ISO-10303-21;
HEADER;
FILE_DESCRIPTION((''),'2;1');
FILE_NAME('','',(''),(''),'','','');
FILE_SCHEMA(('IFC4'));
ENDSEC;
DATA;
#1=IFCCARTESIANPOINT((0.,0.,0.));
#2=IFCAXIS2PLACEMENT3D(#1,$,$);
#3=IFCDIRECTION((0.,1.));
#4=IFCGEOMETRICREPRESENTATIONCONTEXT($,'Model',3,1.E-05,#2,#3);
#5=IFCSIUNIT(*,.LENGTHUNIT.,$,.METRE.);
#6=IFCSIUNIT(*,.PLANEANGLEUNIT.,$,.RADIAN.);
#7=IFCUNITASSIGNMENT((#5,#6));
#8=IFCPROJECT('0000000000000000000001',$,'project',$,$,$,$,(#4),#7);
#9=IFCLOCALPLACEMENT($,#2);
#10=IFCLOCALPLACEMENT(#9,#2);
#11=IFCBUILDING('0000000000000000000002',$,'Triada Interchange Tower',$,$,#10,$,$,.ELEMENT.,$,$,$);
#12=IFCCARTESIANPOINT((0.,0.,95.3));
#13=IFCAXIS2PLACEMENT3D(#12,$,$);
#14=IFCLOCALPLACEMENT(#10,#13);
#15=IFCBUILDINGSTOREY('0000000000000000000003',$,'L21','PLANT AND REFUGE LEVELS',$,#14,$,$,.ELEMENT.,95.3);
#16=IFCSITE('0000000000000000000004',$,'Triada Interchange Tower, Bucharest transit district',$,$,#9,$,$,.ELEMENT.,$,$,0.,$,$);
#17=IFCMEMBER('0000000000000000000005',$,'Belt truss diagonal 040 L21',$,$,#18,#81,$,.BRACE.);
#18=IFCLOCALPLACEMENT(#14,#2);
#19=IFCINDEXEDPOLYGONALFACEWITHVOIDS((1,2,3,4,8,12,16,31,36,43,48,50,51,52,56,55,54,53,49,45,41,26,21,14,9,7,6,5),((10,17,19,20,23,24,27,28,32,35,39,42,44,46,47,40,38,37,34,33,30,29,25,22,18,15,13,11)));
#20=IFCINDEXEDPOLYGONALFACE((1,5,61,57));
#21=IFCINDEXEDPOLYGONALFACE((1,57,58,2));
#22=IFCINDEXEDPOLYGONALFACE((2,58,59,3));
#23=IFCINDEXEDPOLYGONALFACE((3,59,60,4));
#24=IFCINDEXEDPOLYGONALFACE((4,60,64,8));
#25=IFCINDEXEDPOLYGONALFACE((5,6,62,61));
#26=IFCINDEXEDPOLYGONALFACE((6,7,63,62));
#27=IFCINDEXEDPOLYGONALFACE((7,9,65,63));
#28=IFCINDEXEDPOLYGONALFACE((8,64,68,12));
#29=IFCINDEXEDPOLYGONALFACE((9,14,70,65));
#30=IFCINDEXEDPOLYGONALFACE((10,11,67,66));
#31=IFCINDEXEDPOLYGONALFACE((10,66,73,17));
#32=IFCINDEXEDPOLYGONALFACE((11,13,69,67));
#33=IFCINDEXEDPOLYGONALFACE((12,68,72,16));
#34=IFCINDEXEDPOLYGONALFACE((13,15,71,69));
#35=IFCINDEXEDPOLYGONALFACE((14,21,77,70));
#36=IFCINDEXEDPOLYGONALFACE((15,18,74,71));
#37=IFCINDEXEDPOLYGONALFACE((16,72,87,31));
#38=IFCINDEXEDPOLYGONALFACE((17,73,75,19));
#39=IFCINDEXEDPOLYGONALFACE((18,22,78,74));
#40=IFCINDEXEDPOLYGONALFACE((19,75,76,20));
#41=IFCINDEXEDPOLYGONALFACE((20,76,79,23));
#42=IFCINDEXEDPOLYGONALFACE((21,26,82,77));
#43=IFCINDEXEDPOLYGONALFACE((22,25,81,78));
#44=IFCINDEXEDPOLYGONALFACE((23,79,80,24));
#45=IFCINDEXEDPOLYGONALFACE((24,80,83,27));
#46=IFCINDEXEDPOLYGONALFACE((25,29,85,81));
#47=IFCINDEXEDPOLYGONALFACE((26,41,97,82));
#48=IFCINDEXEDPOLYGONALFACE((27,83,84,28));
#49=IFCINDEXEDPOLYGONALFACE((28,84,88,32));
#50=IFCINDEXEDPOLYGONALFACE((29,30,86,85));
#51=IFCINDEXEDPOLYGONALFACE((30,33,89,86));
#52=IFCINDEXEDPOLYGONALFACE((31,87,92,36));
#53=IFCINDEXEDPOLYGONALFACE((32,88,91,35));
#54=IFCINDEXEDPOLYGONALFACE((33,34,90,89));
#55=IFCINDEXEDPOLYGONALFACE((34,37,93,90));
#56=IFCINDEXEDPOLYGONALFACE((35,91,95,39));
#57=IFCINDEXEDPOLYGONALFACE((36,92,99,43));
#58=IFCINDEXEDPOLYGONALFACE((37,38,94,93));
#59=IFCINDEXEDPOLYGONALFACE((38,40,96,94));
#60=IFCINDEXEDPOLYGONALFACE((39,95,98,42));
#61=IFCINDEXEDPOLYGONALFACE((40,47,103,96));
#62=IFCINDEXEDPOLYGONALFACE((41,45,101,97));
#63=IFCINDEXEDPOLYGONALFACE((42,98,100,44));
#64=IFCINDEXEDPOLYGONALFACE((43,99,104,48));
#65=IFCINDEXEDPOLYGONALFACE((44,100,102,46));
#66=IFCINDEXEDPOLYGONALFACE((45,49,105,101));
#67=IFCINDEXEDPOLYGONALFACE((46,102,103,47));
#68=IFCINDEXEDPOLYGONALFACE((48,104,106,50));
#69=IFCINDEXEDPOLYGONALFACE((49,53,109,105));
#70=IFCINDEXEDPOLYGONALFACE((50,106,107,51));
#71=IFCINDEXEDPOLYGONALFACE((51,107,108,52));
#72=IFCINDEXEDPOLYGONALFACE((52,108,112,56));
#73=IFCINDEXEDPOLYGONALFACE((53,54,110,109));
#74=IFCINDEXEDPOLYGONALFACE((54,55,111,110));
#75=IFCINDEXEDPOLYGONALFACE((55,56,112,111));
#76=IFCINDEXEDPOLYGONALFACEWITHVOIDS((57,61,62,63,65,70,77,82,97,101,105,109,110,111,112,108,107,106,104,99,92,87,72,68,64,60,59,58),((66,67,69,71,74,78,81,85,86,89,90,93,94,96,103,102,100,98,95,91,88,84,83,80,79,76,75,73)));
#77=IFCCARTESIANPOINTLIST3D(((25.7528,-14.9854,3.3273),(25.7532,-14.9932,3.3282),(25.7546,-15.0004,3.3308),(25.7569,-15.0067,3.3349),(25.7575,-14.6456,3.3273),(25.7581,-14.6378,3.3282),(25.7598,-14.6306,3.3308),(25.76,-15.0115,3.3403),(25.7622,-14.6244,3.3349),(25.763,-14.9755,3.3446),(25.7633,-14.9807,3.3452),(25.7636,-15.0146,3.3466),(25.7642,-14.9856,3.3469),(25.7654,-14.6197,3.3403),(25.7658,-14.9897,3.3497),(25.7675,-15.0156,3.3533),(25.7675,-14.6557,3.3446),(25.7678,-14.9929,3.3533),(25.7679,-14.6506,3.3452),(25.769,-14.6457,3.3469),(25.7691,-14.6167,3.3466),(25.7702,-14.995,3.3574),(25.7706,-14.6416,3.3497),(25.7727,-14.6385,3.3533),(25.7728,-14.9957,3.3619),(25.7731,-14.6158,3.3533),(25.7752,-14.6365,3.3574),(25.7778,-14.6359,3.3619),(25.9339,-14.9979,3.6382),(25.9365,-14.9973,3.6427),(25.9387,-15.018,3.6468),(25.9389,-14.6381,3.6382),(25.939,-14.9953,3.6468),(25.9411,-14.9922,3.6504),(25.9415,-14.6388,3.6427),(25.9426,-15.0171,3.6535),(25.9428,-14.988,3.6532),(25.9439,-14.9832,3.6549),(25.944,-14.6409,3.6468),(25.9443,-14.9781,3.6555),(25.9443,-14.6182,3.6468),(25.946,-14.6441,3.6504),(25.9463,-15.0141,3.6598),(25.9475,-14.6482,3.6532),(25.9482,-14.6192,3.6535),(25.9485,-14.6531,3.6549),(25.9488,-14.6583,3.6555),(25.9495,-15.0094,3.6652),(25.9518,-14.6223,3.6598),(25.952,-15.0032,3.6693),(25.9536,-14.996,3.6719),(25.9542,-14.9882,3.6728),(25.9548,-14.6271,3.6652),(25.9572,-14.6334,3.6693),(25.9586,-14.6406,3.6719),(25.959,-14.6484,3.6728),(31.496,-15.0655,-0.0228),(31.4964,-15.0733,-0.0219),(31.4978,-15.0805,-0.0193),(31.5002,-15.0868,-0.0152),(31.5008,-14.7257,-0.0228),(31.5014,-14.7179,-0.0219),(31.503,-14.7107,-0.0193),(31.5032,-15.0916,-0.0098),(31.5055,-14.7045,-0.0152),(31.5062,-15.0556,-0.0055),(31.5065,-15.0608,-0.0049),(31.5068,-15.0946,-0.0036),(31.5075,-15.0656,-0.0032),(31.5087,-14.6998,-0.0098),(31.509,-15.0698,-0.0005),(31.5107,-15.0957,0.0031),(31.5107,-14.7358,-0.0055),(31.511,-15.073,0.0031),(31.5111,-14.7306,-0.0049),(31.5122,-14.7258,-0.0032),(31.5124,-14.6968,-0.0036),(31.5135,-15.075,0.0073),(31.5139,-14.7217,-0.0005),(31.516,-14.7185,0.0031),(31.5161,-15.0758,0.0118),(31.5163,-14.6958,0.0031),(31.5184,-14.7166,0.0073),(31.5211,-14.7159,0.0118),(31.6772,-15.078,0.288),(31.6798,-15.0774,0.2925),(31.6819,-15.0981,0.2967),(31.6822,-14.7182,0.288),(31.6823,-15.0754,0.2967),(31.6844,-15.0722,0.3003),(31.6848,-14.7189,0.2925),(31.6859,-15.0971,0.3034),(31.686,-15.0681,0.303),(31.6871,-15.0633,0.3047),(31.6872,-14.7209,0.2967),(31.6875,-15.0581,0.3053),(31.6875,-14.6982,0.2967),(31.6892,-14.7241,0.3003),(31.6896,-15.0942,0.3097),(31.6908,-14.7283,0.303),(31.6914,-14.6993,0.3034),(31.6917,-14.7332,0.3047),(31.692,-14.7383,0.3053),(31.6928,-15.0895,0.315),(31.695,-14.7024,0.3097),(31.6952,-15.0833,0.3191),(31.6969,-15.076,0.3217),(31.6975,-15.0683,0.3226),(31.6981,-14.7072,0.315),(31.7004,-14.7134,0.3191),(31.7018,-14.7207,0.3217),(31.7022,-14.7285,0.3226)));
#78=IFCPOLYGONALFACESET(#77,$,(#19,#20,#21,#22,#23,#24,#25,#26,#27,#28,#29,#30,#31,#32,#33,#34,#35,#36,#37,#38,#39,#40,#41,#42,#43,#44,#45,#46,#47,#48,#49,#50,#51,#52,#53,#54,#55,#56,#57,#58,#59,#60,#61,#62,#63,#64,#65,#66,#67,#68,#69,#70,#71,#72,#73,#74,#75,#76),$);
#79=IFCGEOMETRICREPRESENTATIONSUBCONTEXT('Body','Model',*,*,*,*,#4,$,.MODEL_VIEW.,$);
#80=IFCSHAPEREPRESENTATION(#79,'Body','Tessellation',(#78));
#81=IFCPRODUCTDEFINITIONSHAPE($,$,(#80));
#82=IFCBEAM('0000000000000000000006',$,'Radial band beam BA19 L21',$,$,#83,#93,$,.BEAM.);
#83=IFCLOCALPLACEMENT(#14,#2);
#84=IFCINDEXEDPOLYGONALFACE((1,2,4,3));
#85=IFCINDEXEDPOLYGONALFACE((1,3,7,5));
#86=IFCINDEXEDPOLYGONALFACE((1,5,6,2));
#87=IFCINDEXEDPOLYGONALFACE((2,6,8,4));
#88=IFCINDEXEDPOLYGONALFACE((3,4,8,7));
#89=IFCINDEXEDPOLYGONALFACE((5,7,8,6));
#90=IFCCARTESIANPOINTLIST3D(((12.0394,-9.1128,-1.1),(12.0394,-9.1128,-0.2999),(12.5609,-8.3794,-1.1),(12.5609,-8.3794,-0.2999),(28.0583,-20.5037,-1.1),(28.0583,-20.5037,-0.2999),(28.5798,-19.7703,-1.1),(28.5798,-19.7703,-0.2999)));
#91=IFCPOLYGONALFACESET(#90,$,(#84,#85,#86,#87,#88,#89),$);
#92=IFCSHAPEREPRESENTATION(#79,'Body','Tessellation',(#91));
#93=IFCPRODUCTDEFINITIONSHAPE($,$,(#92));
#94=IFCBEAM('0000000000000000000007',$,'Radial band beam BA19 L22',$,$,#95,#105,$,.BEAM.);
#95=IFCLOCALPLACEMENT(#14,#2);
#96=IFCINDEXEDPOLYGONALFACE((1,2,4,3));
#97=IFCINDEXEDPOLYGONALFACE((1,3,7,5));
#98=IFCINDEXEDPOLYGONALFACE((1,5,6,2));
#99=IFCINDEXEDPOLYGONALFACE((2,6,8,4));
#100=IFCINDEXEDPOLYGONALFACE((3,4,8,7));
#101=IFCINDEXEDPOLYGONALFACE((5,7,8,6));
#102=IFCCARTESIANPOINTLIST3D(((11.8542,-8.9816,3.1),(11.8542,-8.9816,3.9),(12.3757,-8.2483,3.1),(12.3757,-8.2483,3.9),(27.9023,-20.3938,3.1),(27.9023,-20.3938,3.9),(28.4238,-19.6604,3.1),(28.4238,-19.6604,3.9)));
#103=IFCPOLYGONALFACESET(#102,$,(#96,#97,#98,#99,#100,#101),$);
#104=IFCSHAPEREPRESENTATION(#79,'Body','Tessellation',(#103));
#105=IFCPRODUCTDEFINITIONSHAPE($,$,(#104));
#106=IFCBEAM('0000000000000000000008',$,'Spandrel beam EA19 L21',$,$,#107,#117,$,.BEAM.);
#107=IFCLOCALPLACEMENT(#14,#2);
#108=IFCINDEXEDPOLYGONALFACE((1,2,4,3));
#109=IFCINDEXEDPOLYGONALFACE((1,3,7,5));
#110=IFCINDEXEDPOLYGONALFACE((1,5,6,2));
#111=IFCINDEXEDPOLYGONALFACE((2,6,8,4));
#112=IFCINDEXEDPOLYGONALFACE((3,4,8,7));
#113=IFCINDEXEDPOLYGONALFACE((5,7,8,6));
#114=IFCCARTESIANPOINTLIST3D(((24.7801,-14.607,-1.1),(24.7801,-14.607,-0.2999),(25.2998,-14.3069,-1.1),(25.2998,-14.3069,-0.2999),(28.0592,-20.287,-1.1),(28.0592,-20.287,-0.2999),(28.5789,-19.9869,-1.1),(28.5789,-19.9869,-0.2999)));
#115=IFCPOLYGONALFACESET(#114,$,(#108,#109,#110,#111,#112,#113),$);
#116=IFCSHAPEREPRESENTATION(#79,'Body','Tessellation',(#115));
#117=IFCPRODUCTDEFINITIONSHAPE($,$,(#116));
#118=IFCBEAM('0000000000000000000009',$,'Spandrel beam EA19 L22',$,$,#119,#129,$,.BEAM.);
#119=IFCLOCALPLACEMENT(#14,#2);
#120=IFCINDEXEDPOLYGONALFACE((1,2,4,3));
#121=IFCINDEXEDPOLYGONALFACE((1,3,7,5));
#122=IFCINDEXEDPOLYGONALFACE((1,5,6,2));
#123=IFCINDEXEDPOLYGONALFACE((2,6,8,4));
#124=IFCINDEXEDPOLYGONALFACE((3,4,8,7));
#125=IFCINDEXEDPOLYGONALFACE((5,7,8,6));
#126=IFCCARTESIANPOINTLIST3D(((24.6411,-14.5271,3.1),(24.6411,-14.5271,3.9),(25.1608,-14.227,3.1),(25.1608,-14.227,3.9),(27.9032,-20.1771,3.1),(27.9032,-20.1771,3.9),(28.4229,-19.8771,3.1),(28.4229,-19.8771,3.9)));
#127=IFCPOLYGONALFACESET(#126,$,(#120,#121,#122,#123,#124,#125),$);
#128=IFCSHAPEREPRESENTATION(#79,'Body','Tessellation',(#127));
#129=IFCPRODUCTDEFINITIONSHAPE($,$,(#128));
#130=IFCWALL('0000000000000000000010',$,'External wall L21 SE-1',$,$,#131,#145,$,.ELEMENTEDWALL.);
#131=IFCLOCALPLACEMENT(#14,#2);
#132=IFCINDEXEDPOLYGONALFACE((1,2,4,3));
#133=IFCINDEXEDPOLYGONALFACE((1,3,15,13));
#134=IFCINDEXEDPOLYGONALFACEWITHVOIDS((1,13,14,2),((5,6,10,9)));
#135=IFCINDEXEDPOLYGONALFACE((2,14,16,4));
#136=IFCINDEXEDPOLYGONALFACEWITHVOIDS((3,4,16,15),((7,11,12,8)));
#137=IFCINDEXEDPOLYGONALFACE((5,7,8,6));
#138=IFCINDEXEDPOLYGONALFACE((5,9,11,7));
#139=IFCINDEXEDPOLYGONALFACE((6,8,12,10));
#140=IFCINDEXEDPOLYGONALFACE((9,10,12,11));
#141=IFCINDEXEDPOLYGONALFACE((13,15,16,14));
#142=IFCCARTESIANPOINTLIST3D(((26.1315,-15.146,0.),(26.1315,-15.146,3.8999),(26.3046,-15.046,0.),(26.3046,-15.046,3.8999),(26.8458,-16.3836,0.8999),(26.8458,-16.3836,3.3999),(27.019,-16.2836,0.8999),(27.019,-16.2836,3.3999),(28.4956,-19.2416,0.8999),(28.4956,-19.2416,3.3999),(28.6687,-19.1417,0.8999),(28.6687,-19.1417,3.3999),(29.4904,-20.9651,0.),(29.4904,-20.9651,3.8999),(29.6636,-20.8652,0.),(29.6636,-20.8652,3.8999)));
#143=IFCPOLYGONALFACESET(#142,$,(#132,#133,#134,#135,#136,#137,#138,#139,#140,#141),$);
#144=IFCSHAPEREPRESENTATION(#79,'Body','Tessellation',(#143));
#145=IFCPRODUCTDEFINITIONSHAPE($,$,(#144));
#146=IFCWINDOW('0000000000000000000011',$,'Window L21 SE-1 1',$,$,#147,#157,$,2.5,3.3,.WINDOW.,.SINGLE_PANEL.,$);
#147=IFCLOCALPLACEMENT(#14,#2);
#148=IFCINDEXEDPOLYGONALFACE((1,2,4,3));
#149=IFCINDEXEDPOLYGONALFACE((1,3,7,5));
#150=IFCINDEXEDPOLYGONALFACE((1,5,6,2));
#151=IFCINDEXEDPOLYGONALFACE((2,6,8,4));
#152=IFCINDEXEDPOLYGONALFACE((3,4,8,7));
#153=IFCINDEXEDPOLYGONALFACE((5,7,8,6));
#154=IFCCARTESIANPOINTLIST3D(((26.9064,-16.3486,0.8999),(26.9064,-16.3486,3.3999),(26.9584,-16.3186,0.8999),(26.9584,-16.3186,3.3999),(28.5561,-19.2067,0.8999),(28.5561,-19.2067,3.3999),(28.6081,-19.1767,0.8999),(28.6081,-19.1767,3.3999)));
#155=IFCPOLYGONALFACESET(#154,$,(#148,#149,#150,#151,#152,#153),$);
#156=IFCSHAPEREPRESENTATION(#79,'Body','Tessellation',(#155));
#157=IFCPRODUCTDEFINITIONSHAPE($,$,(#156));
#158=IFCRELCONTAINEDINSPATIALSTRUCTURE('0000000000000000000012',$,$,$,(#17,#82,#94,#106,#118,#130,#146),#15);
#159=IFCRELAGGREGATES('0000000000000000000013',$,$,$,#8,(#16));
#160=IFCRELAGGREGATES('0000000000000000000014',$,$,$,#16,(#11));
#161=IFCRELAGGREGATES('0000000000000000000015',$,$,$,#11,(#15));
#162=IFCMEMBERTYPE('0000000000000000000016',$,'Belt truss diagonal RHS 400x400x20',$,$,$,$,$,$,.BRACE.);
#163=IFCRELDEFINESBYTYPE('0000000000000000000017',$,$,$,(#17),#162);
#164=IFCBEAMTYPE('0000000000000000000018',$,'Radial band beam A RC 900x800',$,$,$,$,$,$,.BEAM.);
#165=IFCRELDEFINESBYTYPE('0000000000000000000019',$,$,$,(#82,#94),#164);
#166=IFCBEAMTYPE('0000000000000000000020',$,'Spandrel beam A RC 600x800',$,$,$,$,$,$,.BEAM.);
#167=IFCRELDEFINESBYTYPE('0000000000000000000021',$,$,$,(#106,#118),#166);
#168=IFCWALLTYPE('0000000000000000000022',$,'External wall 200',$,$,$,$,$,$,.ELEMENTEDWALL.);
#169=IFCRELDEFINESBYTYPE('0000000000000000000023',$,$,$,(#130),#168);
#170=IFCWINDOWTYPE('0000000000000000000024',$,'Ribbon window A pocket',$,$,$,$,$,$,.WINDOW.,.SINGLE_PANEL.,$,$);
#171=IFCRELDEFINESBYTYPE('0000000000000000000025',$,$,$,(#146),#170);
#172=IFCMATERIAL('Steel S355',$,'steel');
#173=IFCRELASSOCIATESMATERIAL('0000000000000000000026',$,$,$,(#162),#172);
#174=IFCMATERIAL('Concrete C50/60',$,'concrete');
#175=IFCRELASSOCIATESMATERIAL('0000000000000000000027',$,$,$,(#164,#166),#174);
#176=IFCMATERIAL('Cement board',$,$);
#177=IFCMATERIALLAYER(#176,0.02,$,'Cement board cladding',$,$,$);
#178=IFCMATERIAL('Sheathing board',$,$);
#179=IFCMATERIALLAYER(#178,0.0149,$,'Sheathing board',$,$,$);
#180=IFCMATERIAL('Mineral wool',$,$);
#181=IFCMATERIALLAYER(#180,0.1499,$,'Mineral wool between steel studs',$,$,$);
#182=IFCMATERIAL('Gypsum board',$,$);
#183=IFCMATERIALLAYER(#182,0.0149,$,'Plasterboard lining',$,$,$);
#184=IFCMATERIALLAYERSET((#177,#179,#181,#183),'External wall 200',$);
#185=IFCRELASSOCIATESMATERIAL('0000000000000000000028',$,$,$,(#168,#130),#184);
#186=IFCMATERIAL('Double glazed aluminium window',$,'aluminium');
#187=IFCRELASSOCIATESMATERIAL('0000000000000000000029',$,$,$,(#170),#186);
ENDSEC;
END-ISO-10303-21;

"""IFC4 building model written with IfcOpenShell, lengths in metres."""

from ifc_helpers import new_model, si_unit, direction, frame, frame_2d, origin, origin_2d, place, context, subcontext, project, spatial, rectangle, hollow_rectangle, extrude, material, layer, layer_set, layer_usage, material_profile, profile_set, type_object, element, fill, save


model = new_model("IFC4")

# Units and contexts
model_context = context("Model", 3, precision=1e-05, world=origin(), true_north=direction((0.0, 1.0)))
body_context = subcontext(model_context, "Body", "Model", "MODEL_VIEW")
ifc_project = project(units=[si_unit("LENGTHUNIT", "METRE"), si_unit("PLANEANGLEUNIT", "RADIAN")], contexts=[model_context])

# Site, building, storey
site_placement = place(None, origin())
site = spatial("IfcSite", under=ifc_project, at=site_placement, Name="Triada Interchange Tower, Bucharest transit district", CompositionType="ELEMENT", RefElevation=0.0)
building_placement = place(site_placement, origin())
building = spatial("IfcBuilding", under=site, at=building_placement, Name="Triada Interchange Tower", CompositionType="ELEMENT")
storey_placement = place(building_placement, frame((0.0, 0.0, 95.3)))
storey = spatial("IfcBuildingStorey", under=building, at=storey_placement, Name="L21", Description="PLANT AND REFUGE LEVELS", CompositionType="ELEMENT", Elevation=95.3)

# Member
ifc_material_1 = material(Name="Steel S355", Category="steel")
ifc_material_profile_1 = material_profile(ifc_material_1, hollow_rectangle(XDim=0.3999, YDim=0.3999, WallThickness=0.02, InnerFilletRadius=0.02, OuterFilletRadius=0.03, at=origin_2d()), Name="RHS 400x400x20")
ifc_profile_set_1 = profile_set([ifc_material_profile_1], Name="Steel S355")
member_type = type_object("IfcMemberType", Name="Belt truss diagonal RHS 400x400x20", PredefinedType="BRACE", material=ifc_profile_set_1)
member_1_placement = place(storey_placement, frame((31.5991, -14.897, 0.1499), z_axis=(-0.863722, 0.012043, 0.503825), x_axis=(-0.013942, -0.999903, 0.0)))
element("IfcMember", 1, at=member_1_placement, inside=storey, type_object=member_type, Name="Belt truss diagonal 040 L21", PredefinedType="BRACE", context=body_context, shape_type="SweptSolid", body=[
    extrude(hollow_rectangle(XDim=0.3999, YDim=0.3999, WallThickness=0.02, InnerFilletRadius=0.02, OuterFilletRadius=0.03, at=origin_2d()), origin(), (0.0, 0.0, 1.0), 6.6494),
])

# Beams
ifc_material_2 = material(Name="Concrete C50/60", Category="concrete")
ifc_material_profile_2 = material_profile(ifc_material_2, rectangle(XDim=0.8999, YDim=0.8, at=origin_2d()), Name="RC 900x800")
ifc_profile_set_2 = profile_set([ifc_material_profile_2], Name="Concrete C50/60")
beam_type_1 = type_object("IfcBeamType", Name="Radial band beam A RC 900x800", PredefinedType="BEAM", material=ifc_profile_set_2)
beam_1_placement = place(storey_placement, frame((28.3191, -20.137, -0.7), z_axis=(-0.814966, 0.579509, 0.0), x_axis=(-0.579509, -0.814966, 0.0)))
element("IfcBeam", 2, at=beam_1_placement, inside=storey, type_object=beam_type_1, Name="Radial band beam BA19 L21", PredefinedType="BEAM", context=body_context, shape_type="SweptSolid", body=[
    extrude(rectangle(XDim=0.8999, YDim=0.8, at=origin_2d()), origin(), (0.0, 0.0, 1.0), 19.656),
])
beam_2_placement = place(storey_placement, frame((28.1631, -20.0271, 3.5), z_axis=(-0.814952, 0.579528, 0.0), x_axis=(-0.579528, -0.814952, 0.0)))
element("IfcBeam", 3, at=beam_2_placement, inside=storey, type_object=beam_type_1, Name="Radial band beam BA19 L22", PredefinedType="BEAM", context=body_context, shape_type="SweptSolid", body=[
    extrude(rectangle(XDim=0.8999, YDim=0.8, at=origin_2d()), origin(), (0.0, 0.0, 1.0), 19.6921),
])
ifc_material_profile_3 = material_profile(ifc_material_2, rectangle(XDim=0.6001, YDim=0.8, at=origin_2d()), Name="RC 600x800")
ifc_profile_set_3 = profile_set([ifc_material_profile_3], Name="Concrete C50/60")
beam_type_2 = type_object("IfcBeamType", Name="Spandrel beam A RC 600x800", PredefinedType="BEAM", material=ifc_profile_set_3)
beam_3_placement = place(storey_placement, frame((28.3191, -20.137, -0.7), z_axis=(-0.499971, 0.866042, 0.0), x_axis=(-0.866042, -0.499971, 0.0)))
element("IfcBeam", 4, at=beam_3_placement, inside=storey, type_object=beam_type_2, Name="Spandrel beam EA19 L21", PredefinedType="BEAM", context=body_context, shape_type="SweptSolid", body=[
    extrude(rectangle(XDim=0.6001, YDim=0.8, at=origin_2d()), origin(), (0.0, 0.0, 1.0), 6.5586),
])
beam_4_placement = place(storey_placement, frame((28.1631, -20.0271, 3.5), z_axis=(-0.500011, 0.866019, 0.0), x_axis=(-0.866019, -0.500011, 0.0)))
element("IfcBeam", 5, at=beam_4_placement, inside=storey, type_object=beam_type_2, Name="Spandrel beam EA19 L22", PredefinedType="BEAM", context=body_context, shape_type="SweptSolid", body=[
    extrude(rectangle(XDim=0.6001, YDim=0.8, at=origin_2d()), origin(), (0.0, 0.0, 1.0), 6.5242),
])

# Wall, opening, window
ifc_material_3 = material(Name="Cement board")
ifc_layer_1 = layer(ifc_material_3, 0.02, Name="Cement board cladding")
ifc_material_4 = material(Name="Sheathing board")
ifc_layer_2 = layer(ifc_material_4, 0.0149, Name="Sheathing board")
ifc_material_5 = material(Name="Mineral wool")
ifc_layer_3 = layer(ifc_material_5, 0.1499, Name="Mineral wool between steel studs")
ifc_material_6 = material(Name="Gypsum board")
ifc_layer_4 = layer(ifc_material_6, 0.0149, Name="Plasterboard lining")
ifc_layer_set_1 = layer_set([ifc_layer_1, ifc_layer_2, ifc_layer_3, ifc_layer_4], Name="External wall 200")
ifc_layer_usage = layer_usage(ifc_layer_set_1, "AXIS2", "POSITIVE", -0.1001)
wall_type = type_object("IfcWallType", Name="External wall 200", PredefinedType="ELEMENTEDWALL", material=ifc_layer_set_1)
wall_1_placement = place(storey_placement, frame((29.5769, -20.915, 0.0), z_axis=(0.0, 0.0, 1.0), x_axis=(-0.499914, 0.866075, 0.0)))
wall_1 = element("IfcWall", 6, at=wall_1_placement, inside=storey, type_object=wall_type, material=ifc_layer_usage, Name="External wall L21 SE-1", PredefinedType="ELEMENTEDWALL", context=body_context, shape_type="SweptSolid", body=[
    extrude(rectangle(XDim=6.719, YDim=0.2, at=frame_2d((3.3594, 0.0))), origin(), (0.0, 0.0, 1.0), 3.8999),
])
opening_1_placement = place(wall_1_placement, frame((1.99, 0.0, 0.8999)))
opening_1 = element("IfcOpeningElement", 7, at=opening_1_placement, cuts=wall_1, PredefinedType="OPENING", context=body_context, shape_type="SweptSolid", body=[
    extrude(rectangle(XDim=3.3, YDim=2.5, at=frame_2d((1.6499, 1.25))), frame((0.0, 0.1099, 0.0), z_axis=(0.0, -1.0, 0.0), x_axis=(1.0, 0.0, 0.0)), (0.0, 0.0, 1.0), 0.22),
])
ifc_material_7 = material(Name="Double glazed aluminium window", Category="aluminium")
window_type_1 = type_object("IfcWindowType", Name="Ribbon window A pocket", PartitioningType="SINGLE_PANEL", PredefinedType="WINDOW", material=ifc_material_7)
window_1_placement = place(opening_1_placement, origin())
window_1 = element("IfcWindow", 8, at=window_1_placement, inside=storey, type_object=window_type_1, Name="Window L21 SE-1 1", OverallHeight=2.5, OverallWidth=3.3, PartitioningType="SINGLE_PANEL", PredefinedType="WINDOW", context=body_context, shape_type="SweptSolid", body=[
    extrude(rectangle(XDim=3.3, YDim=2.5, at=frame_2d((1.6499, 1.25))), frame((0.0, 0.03, 0.0), z_axis=(0.0, -1.0, 0.0), x_axis=(1.0, 0.0, 0.0)), (0.0, 0.0, 1.0), 0.0601),
])
fill(opening_1, window_1)

save(model, "model.ifc")
